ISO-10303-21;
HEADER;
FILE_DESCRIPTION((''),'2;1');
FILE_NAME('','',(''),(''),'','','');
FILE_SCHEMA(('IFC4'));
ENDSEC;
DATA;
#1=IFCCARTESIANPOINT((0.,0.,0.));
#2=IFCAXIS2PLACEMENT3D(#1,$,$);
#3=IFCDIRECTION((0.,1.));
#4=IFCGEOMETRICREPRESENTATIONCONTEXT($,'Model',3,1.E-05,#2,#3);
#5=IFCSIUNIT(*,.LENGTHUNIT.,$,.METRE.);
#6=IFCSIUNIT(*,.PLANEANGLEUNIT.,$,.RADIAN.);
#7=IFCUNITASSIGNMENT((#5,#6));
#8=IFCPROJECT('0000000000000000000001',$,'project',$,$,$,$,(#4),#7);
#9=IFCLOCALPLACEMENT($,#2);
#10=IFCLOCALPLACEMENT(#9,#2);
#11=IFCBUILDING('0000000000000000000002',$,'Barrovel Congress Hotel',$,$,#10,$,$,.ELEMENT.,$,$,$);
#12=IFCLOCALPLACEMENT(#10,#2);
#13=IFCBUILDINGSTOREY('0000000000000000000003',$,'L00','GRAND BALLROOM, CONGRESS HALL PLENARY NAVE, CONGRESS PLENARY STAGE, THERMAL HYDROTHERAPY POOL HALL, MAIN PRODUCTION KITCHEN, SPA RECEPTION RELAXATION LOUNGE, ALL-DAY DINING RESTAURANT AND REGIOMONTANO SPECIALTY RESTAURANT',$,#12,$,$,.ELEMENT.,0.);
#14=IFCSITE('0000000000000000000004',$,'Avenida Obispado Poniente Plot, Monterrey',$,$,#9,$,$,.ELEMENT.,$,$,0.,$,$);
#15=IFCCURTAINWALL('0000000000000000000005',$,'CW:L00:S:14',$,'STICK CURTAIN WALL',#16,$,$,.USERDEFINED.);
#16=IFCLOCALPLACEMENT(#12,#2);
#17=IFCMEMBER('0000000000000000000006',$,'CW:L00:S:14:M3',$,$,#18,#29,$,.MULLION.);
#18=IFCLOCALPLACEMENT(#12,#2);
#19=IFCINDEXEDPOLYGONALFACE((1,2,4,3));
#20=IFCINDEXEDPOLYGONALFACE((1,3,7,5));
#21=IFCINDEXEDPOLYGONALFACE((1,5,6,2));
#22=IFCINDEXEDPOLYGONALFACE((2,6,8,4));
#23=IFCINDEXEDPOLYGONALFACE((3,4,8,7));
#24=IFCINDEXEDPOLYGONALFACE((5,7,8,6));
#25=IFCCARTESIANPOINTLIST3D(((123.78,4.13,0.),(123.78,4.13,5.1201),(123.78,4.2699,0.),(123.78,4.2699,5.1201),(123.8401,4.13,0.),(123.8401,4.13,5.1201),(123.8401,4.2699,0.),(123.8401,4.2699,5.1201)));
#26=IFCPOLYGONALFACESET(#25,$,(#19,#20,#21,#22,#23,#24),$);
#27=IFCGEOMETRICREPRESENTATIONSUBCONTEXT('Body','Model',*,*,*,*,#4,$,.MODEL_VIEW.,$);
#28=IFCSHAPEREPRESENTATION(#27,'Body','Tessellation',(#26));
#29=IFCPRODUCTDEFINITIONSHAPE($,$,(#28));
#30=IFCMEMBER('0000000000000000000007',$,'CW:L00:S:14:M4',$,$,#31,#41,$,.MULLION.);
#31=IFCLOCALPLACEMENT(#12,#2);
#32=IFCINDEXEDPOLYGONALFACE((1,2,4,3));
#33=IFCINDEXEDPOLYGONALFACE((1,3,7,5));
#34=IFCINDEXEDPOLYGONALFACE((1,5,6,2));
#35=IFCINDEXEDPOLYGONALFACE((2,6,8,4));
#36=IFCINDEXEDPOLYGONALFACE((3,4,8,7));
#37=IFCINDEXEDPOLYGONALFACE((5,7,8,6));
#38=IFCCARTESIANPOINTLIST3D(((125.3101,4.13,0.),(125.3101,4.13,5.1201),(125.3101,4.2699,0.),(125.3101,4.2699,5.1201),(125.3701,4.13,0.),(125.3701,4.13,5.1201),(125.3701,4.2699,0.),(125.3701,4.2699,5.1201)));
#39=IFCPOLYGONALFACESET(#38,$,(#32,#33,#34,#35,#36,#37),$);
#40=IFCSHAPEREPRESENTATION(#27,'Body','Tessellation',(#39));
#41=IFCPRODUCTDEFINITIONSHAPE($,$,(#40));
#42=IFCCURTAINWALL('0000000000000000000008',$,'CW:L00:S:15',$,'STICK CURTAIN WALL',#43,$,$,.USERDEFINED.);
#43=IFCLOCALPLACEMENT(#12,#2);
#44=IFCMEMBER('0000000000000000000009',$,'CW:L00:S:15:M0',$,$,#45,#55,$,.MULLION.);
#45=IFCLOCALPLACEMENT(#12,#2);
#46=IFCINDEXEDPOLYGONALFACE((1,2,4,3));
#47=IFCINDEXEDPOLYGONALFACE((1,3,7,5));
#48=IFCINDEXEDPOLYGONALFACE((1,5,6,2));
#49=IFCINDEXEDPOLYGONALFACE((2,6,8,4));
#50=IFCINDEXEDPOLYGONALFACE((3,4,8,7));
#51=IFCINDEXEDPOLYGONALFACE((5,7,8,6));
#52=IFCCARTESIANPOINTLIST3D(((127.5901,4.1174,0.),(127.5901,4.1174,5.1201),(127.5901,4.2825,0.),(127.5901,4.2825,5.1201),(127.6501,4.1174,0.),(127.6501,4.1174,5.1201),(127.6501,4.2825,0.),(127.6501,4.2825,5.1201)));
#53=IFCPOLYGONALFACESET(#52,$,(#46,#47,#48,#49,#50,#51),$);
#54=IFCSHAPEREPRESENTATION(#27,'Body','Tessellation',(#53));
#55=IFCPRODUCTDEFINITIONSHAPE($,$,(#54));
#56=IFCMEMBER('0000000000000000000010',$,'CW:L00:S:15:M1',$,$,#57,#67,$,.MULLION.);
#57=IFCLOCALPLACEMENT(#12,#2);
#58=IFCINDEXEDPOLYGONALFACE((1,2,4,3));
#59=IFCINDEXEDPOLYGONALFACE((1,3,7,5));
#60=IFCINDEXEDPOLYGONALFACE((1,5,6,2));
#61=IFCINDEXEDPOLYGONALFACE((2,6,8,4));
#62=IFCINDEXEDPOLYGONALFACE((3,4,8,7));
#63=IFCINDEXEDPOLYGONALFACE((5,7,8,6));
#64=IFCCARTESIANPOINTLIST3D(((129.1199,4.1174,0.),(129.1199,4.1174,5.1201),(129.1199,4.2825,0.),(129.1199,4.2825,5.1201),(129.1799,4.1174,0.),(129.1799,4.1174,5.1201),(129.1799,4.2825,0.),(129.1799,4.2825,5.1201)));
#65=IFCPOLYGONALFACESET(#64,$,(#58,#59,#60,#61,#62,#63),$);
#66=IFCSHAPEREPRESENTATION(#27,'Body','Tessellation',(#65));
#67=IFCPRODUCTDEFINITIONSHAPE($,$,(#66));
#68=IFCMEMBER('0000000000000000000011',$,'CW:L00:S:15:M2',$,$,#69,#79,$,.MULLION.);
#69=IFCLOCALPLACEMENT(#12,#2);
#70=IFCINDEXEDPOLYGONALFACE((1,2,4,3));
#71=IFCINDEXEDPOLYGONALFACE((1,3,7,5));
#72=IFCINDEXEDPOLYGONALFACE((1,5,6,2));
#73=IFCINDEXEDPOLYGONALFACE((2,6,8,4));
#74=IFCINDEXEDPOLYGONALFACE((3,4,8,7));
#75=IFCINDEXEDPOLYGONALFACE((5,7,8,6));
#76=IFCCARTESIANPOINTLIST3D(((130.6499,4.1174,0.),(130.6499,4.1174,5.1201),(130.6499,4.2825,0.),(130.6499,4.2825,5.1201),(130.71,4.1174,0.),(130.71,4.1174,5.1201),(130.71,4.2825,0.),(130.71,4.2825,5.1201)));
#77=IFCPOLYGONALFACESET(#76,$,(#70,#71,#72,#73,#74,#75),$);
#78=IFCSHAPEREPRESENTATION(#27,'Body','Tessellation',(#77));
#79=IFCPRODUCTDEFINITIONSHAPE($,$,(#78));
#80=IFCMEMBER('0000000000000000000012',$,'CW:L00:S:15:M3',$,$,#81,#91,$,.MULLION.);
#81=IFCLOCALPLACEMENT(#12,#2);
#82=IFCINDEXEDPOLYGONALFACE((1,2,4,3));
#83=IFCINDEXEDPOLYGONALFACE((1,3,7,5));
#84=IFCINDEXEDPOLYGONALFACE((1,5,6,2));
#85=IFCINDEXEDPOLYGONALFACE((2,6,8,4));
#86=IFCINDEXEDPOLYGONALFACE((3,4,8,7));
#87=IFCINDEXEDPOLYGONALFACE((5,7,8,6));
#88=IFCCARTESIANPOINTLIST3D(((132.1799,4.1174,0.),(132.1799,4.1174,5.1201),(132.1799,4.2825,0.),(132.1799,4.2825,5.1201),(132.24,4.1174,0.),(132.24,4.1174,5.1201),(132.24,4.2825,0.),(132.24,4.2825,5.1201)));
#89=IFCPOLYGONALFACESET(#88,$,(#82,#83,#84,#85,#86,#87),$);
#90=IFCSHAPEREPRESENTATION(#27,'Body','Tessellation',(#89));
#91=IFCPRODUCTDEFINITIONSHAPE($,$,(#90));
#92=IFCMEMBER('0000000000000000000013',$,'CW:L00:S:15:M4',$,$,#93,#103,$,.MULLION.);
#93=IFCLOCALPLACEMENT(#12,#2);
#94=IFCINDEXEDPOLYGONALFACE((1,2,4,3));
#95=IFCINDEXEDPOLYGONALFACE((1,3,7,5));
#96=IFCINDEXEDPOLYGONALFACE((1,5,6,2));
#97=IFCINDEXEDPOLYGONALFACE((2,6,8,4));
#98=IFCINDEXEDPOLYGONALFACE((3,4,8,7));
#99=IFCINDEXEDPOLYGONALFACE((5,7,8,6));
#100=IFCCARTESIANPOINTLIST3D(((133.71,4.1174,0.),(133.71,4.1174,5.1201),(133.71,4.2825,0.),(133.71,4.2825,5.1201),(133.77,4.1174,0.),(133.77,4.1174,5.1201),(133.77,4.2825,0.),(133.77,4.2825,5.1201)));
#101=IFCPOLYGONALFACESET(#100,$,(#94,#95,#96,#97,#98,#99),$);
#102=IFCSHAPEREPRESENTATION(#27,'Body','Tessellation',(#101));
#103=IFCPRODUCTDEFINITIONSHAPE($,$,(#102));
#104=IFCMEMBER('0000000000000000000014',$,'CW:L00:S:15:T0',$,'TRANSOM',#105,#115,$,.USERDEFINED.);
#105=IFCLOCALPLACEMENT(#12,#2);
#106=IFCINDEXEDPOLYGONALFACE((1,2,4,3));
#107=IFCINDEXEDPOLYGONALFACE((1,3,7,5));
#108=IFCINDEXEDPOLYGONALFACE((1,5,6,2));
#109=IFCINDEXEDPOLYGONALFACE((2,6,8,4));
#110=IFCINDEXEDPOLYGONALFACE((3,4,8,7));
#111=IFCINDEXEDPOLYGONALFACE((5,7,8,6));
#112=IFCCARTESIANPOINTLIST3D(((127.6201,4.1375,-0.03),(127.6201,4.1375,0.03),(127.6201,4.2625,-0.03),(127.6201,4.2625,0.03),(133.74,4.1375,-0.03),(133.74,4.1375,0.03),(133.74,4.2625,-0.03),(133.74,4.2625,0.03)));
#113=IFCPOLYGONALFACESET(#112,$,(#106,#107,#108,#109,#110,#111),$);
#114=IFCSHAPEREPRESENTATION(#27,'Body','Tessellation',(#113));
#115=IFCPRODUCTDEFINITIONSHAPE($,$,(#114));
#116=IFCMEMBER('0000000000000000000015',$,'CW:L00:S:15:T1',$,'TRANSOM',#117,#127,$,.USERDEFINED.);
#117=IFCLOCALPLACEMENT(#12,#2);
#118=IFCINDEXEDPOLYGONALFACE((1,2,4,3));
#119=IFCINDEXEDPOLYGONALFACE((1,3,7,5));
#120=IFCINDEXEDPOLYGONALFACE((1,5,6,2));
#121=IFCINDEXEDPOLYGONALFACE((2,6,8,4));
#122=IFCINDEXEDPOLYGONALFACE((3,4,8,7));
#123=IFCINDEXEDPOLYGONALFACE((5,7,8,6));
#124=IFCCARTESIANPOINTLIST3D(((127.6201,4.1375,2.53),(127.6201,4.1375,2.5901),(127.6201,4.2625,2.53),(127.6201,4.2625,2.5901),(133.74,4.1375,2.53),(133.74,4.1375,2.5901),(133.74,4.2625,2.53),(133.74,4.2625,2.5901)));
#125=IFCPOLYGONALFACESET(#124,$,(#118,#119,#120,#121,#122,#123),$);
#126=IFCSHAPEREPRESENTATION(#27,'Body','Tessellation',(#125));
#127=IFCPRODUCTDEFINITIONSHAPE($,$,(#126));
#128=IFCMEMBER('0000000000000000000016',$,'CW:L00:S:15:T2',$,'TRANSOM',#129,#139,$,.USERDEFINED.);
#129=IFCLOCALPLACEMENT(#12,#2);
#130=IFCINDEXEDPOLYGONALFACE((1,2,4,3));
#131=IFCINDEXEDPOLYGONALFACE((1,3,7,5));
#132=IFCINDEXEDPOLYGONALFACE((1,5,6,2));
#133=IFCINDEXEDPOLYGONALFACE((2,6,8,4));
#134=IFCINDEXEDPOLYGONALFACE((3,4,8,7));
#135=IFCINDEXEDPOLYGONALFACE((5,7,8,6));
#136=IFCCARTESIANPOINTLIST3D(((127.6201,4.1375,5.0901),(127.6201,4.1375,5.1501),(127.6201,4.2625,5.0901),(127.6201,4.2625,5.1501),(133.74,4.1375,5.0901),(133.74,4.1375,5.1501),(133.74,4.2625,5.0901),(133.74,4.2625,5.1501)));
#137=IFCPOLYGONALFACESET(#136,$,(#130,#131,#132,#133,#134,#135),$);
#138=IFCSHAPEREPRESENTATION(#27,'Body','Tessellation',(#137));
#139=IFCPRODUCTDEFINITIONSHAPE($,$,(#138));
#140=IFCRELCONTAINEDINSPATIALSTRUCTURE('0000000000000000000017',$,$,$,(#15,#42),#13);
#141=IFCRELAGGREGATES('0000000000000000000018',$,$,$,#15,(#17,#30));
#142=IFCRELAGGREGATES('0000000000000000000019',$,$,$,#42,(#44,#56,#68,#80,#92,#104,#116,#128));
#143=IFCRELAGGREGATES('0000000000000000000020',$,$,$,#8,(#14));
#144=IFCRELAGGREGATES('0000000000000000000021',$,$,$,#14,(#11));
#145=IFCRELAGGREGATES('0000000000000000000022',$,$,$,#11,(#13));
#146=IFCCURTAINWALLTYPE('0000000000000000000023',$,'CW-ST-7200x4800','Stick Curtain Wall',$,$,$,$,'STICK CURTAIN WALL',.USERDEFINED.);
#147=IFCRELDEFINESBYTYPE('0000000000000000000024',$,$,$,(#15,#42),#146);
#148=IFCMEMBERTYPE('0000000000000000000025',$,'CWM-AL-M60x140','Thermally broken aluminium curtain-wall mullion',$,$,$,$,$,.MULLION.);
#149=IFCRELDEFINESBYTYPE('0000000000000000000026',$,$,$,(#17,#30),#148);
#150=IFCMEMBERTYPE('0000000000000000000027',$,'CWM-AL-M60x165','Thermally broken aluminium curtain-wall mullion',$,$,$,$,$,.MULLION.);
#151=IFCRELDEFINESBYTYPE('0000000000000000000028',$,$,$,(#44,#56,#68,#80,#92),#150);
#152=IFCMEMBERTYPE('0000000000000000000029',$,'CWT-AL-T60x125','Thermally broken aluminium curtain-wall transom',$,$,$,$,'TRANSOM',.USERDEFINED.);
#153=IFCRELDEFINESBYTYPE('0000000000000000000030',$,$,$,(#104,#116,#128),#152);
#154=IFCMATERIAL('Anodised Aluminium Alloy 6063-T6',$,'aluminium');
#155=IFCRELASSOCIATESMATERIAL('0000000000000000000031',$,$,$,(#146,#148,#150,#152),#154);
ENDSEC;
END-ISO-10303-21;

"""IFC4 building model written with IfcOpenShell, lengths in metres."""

from ifc_helpers import new_model, si_unit, direction, frame, origin, origin_2d, place, context, subcontext, project, spatial, rectangle, extrude, material, material_profile, profile_set, type_object, element, aggregate, save


model = new_model("IFC4")

# Units and contexts
model_context = context("Model", 3, precision=1e-05, world=origin(), true_north=direction((0.0, 1.0)))
body_context = subcontext(model_context, "Body", "Model", "MODEL_VIEW")
ifc_project = project(units=[si_unit("LENGTHUNIT", "METRE"), si_unit("PLANEANGLEUNIT", "RADIAN")], contexts=[model_context])

# Site, building, storey
site_placement = place(None, origin())
site = spatial("IfcSite", under=ifc_project, at=site_placement, Name="Avenida Obispado Poniente Plot, Monterrey", CompositionType="ELEMENT", RefElevation=0.0)
building_placement = place(site_placement, origin())
building = spatial("IfcBuilding", under=site, at=building_placement, Name="Barrovel Congress Hotel", CompositionType="ELEMENT")
storey_placement = place(building_placement, origin())
storey = spatial("IfcBuildingStorey", under=building, at=storey_placement, Name="L00", Description="GRAND BALLROOM, CONGRESS HALL PLENARY NAVE, CONGRESS PLENARY STAGE, THERMAL HYDROTHERAPY POOL HALL, MAIN PRODUCTION KITCHEN, SPA RECEPTION RELAXATION LOUNGE, ALL-DAY DINING RESTAURANT AND REGIOMONTANO SPECIALTY RESTAURANT", CompositionType="ELEMENT", Elevation=0.0)

# Curtain walls, members
ifc_material_1 = material(Name="Anodised Aluminium Alloy 6063-T6", Category="aluminium")
curtain_wall_type = type_object("IfcCurtainWallType", Name="CW-ST-7200x4800", Description="Stick Curtain Wall", ElementType="STICK CURTAIN WALL", PredefinedType="USERDEFINED", material=ifc_material_1)
curtain_wall_1_placement = place(storey_placement, origin())
curtain_wall_1 = element("IfcCurtainWall", 1, at=curtain_wall_1_placement, inside=storey, type_object=curtain_wall_type, Name="CW:L00:S:14", ObjectType="STICK CURTAIN WALL", PredefinedType="USERDEFINED")
ifc_material_profile_1 = material_profile(ifc_material_1, rectangle(XDim=0.0601, YDim=0.1399, at=origin_2d()), Name="AL-M60x140")
ifc_profile_set_1 = profile_set([ifc_material_profile_1], Name="Anodised Aluminium Alloy 6063-T6")
member_type_1 = type_object("IfcMemberType", Name="CWM-AL-M60x140", Description="Thermally broken aluminium curtain-wall mullion", PredefinedType="MULLION", material=ifc_profile_set_1)
member_1_placement = place(storey_placement, frame((123.8101, 4.2, 0.0), z_axis=(0.0, 0.0, 1.0), x_axis=(1.0, 0.0, 0.0)))
member_1 = element("IfcMember", 2, at=member_1_placement, type_object=member_type_1, Name="CW:L00:S:14:M3", PredefinedType="MULLION", context=body_context, shape_type="SweptSolid", body=[
    extrude(rectangle(XDim=0.0601, YDim=0.1399, at=origin_2d()), origin(), (0.0, 0.0, 1.0), 5.1201),
])
member_2_placement = place(storey_placement, frame((125.3401, 4.2, 0.0), z_axis=(0.0, 0.0, 1.0), x_axis=(1.0, 0.0, 0.0)))
member_2 = element("IfcMember", 3, at=member_2_placement, type_object=member_type_1, Name="CW:L00:S:14:M4", PredefinedType="MULLION", context=body_context, shape_type="SweptSolid", body=[
    extrude(rectangle(XDim=0.0601, YDim=0.1399, at=origin_2d()), origin(), (0.0, 0.0, 1.0), 5.1201),
])
curtain_wall_2_placement = place(storey_placement, origin())
curtain_wall_2 = element("IfcCurtainWall", 4, at=curtain_wall_2_placement, inside=storey, type_object=curtain_wall_type, Name="CW:L00:S:15", ObjectType="STICK CURTAIN WALL", PredefinedType="USERDEFINED")
ifc_material_profile_2 = material_profile(ifc_material_1, rectangle(XDim=0.0601, YDim=0.165, at=origin_2d()), Name="AL-M60x165")
ifc_profile_set_2 = profile_set([ifc_material_profile_2], Name="Anodised Aluminium Alloy 6063-T6")
member_type_2 = type_object("IfcMemberType", Name="CWM-AL-M60x165", Description="Thermally broken aluminium curtain-wall mullion", PredefinedType="MULLION", material=ifc_profile_set_2)
member_3_placement = place(storey_placement, frame((127.6201, 4.2, 0.0), z_axis=(0.0, 0.0, 1.0), x_axis=(1.0, 0.0, 0.0)))
member_3 = element("IfcMember", 5, at=member_3_placement, type_object=member_type_2, Name="CW:L00:S:15:M0", PredefinedType="MULLION", context=body_context, shape_type="SweptSolid", body=[
    extrude(rectangle(XDim=0.0601, YDim=0.165, at=origin_2d()), origin(), (0.0, 0.0, 1.0), 5.1201),
])
member_4_placement = place(storey_placement, frame((129.1499, 4.2, 0.0), z_axis=(0.0, 0.0, 1.0), x_axis=(1.0, 0.0, 0.0)))
member_4 = element("IfcMember", 6, at=member_4_placement, type_object=member_type_2, Name="CW:L00:S:15:M1", PredefinedType="MULLION", context=body_context, shape_type="SweptSolid", body=[
    extrude(rectangle(XDim=0.0601, YDim=0.165, at=origin_2d()), origin(), (0.0, 0.0, 1.0), 5.1201),
])
member_5_placement = place(storey_placement, frame((130.6799, 4.2, 0.0), z_axis=(0.0, 0.0, 1.0), x_axis=(1.0, 0.0, 0.0)))
member_5 = element("IfcMember", 7, at=member_5_placement, type_object=member_type_2, Name="CW:L00:S:15:M2", PredefinedType="MULLION", context=body_context, shape_type="SweptSolid", body=[
    extrude(rectangle(XDim=0.0601, YDim=0.165, at=origin_2d()), origin(), (0.0, 0.0, 1.0), 5.1201),
])
member_6_placement = place(storey_placement, frame((132.21, 4.2, 0.0), z_axis=(0.0, 0.0, 1.0), x_axis=(1.0, 0.0, 0.0)))
member_6 = element("IfcMember", 8, at=member_6_placement, type_object=member_type_2, Name="CW:L00:S:15:M3", PredefinedType="MULLION", context=body_context, shape_type="SweptSolid", body=[
    extrude(rectangle(XDim=0.0601, YDim=0.165, at=origin_2d()), origin(), (0.0, 0.0, 1.0), 5.1201),
])
member_7_placement = place(storey_placement, frame((133.74, 4.2, 0.0), z_axis=(0.0, 0.0, 1.0), x_axis=(1.0, 0.0, 0.0)))
member_7 = element("IfcMember", 9, at=member_7_placement, type_object=member_type_2, Name="CW:L00:S:15:M4", PredefinedType="MULLION", context=body_context, shape_type="SweptSolid", body=[
    extrude(rectangle(XDim=0.0601, YDim=0.165, at=origin_2d()), origin(), (0.0, 0.0, 1.0), 5.1201),
])
ifc_material_profile_3 = material_profile(ifc_material_1, rectangle(XDim=0.125, YDim=0.0601, at=origin_2d()), Name="AL-T60x125")
ifc_profile_set_3 = profile_set([ifc_material_profile_3], Name="Anodised Aluminium Alloy 6063-T6")
member_type_3 = type_object("IfcMemberType", Name="CWT-AL-T60x125", Description="Thermally broken aluminium curtain-wall transom", ElementType="TRANSOM", PredefinedType="USERDEFINED", material=ifc_profile_set_3)
member_8_placement = place(storey_placement, frame((127.6201, 4.2, 0.0), z_axis=(1.0, 0.0, 0.0), x_axis=(0.0, 1.0, 0.0)))
member_8 = element("IfcMember", 10, at=member_8_placement, type_object=member_type_3, Name="CW:L00:S:15:T0", ObjectType="TRANSOM", PredefinedType="USERDEFINED", context=body_context, shape_type="SweptSolid", body=[
    extrude(rectangle(XDim=0.125, YDim=0.0601, at=origin_2d()), origin(), (0.0, 0.0, 1.0), 6.1199),
])
member_9_placement = place(storey_placement, frame((127.6201, 4.2, 2.5601), z_axis=(1.0, 0.0, 0.0), x_axis=(0.0, 1.0, 0.0)))
member_9 = element("IfcMember", 11, at=member_9_placement, type_object=member_type_3, Name="CW:L00:S:15:T1", ObjectType="TRANSOM", PredefinedType="USERDEFINED", context=body_context, shape_type="SweptSolid", body=[
    extrude(rectangle(XDim=0.125, YDim=0.0601, at=origin_2d()), origin(), (0.0, 0.0, 1.0), 6.1199),
])
member_10_placement = place(storey_placement, frame((127.6201, 4.2, 5.1201), z_axis=(1.0, 0.0, 0.0), x_axis=(0.0, 1.0, 0.0)))
member_10 = element("IfcMember", 12, at=member_10_placement, type_object=member_type_3, Name="CW:L00:S:15:T2", ObjectType="TRANSOM", PredefinedType="USERDEFINED", context=body_context, shape_type="SweptSolid", body=[
    extrude(rectangle(XDim=0.125, YDim=0.0601, at=origin_2d()), origin(), (0.0, 0.0, 1.0), 6.1199),
])

aggregate(curtain_wall_1, [member_1, member_2])
aggregate(curtain_wall_2, [member_3, member_4, member_5, member_6, member_7, member_8, member_9, member_10])

save(model, "model.ifc")
